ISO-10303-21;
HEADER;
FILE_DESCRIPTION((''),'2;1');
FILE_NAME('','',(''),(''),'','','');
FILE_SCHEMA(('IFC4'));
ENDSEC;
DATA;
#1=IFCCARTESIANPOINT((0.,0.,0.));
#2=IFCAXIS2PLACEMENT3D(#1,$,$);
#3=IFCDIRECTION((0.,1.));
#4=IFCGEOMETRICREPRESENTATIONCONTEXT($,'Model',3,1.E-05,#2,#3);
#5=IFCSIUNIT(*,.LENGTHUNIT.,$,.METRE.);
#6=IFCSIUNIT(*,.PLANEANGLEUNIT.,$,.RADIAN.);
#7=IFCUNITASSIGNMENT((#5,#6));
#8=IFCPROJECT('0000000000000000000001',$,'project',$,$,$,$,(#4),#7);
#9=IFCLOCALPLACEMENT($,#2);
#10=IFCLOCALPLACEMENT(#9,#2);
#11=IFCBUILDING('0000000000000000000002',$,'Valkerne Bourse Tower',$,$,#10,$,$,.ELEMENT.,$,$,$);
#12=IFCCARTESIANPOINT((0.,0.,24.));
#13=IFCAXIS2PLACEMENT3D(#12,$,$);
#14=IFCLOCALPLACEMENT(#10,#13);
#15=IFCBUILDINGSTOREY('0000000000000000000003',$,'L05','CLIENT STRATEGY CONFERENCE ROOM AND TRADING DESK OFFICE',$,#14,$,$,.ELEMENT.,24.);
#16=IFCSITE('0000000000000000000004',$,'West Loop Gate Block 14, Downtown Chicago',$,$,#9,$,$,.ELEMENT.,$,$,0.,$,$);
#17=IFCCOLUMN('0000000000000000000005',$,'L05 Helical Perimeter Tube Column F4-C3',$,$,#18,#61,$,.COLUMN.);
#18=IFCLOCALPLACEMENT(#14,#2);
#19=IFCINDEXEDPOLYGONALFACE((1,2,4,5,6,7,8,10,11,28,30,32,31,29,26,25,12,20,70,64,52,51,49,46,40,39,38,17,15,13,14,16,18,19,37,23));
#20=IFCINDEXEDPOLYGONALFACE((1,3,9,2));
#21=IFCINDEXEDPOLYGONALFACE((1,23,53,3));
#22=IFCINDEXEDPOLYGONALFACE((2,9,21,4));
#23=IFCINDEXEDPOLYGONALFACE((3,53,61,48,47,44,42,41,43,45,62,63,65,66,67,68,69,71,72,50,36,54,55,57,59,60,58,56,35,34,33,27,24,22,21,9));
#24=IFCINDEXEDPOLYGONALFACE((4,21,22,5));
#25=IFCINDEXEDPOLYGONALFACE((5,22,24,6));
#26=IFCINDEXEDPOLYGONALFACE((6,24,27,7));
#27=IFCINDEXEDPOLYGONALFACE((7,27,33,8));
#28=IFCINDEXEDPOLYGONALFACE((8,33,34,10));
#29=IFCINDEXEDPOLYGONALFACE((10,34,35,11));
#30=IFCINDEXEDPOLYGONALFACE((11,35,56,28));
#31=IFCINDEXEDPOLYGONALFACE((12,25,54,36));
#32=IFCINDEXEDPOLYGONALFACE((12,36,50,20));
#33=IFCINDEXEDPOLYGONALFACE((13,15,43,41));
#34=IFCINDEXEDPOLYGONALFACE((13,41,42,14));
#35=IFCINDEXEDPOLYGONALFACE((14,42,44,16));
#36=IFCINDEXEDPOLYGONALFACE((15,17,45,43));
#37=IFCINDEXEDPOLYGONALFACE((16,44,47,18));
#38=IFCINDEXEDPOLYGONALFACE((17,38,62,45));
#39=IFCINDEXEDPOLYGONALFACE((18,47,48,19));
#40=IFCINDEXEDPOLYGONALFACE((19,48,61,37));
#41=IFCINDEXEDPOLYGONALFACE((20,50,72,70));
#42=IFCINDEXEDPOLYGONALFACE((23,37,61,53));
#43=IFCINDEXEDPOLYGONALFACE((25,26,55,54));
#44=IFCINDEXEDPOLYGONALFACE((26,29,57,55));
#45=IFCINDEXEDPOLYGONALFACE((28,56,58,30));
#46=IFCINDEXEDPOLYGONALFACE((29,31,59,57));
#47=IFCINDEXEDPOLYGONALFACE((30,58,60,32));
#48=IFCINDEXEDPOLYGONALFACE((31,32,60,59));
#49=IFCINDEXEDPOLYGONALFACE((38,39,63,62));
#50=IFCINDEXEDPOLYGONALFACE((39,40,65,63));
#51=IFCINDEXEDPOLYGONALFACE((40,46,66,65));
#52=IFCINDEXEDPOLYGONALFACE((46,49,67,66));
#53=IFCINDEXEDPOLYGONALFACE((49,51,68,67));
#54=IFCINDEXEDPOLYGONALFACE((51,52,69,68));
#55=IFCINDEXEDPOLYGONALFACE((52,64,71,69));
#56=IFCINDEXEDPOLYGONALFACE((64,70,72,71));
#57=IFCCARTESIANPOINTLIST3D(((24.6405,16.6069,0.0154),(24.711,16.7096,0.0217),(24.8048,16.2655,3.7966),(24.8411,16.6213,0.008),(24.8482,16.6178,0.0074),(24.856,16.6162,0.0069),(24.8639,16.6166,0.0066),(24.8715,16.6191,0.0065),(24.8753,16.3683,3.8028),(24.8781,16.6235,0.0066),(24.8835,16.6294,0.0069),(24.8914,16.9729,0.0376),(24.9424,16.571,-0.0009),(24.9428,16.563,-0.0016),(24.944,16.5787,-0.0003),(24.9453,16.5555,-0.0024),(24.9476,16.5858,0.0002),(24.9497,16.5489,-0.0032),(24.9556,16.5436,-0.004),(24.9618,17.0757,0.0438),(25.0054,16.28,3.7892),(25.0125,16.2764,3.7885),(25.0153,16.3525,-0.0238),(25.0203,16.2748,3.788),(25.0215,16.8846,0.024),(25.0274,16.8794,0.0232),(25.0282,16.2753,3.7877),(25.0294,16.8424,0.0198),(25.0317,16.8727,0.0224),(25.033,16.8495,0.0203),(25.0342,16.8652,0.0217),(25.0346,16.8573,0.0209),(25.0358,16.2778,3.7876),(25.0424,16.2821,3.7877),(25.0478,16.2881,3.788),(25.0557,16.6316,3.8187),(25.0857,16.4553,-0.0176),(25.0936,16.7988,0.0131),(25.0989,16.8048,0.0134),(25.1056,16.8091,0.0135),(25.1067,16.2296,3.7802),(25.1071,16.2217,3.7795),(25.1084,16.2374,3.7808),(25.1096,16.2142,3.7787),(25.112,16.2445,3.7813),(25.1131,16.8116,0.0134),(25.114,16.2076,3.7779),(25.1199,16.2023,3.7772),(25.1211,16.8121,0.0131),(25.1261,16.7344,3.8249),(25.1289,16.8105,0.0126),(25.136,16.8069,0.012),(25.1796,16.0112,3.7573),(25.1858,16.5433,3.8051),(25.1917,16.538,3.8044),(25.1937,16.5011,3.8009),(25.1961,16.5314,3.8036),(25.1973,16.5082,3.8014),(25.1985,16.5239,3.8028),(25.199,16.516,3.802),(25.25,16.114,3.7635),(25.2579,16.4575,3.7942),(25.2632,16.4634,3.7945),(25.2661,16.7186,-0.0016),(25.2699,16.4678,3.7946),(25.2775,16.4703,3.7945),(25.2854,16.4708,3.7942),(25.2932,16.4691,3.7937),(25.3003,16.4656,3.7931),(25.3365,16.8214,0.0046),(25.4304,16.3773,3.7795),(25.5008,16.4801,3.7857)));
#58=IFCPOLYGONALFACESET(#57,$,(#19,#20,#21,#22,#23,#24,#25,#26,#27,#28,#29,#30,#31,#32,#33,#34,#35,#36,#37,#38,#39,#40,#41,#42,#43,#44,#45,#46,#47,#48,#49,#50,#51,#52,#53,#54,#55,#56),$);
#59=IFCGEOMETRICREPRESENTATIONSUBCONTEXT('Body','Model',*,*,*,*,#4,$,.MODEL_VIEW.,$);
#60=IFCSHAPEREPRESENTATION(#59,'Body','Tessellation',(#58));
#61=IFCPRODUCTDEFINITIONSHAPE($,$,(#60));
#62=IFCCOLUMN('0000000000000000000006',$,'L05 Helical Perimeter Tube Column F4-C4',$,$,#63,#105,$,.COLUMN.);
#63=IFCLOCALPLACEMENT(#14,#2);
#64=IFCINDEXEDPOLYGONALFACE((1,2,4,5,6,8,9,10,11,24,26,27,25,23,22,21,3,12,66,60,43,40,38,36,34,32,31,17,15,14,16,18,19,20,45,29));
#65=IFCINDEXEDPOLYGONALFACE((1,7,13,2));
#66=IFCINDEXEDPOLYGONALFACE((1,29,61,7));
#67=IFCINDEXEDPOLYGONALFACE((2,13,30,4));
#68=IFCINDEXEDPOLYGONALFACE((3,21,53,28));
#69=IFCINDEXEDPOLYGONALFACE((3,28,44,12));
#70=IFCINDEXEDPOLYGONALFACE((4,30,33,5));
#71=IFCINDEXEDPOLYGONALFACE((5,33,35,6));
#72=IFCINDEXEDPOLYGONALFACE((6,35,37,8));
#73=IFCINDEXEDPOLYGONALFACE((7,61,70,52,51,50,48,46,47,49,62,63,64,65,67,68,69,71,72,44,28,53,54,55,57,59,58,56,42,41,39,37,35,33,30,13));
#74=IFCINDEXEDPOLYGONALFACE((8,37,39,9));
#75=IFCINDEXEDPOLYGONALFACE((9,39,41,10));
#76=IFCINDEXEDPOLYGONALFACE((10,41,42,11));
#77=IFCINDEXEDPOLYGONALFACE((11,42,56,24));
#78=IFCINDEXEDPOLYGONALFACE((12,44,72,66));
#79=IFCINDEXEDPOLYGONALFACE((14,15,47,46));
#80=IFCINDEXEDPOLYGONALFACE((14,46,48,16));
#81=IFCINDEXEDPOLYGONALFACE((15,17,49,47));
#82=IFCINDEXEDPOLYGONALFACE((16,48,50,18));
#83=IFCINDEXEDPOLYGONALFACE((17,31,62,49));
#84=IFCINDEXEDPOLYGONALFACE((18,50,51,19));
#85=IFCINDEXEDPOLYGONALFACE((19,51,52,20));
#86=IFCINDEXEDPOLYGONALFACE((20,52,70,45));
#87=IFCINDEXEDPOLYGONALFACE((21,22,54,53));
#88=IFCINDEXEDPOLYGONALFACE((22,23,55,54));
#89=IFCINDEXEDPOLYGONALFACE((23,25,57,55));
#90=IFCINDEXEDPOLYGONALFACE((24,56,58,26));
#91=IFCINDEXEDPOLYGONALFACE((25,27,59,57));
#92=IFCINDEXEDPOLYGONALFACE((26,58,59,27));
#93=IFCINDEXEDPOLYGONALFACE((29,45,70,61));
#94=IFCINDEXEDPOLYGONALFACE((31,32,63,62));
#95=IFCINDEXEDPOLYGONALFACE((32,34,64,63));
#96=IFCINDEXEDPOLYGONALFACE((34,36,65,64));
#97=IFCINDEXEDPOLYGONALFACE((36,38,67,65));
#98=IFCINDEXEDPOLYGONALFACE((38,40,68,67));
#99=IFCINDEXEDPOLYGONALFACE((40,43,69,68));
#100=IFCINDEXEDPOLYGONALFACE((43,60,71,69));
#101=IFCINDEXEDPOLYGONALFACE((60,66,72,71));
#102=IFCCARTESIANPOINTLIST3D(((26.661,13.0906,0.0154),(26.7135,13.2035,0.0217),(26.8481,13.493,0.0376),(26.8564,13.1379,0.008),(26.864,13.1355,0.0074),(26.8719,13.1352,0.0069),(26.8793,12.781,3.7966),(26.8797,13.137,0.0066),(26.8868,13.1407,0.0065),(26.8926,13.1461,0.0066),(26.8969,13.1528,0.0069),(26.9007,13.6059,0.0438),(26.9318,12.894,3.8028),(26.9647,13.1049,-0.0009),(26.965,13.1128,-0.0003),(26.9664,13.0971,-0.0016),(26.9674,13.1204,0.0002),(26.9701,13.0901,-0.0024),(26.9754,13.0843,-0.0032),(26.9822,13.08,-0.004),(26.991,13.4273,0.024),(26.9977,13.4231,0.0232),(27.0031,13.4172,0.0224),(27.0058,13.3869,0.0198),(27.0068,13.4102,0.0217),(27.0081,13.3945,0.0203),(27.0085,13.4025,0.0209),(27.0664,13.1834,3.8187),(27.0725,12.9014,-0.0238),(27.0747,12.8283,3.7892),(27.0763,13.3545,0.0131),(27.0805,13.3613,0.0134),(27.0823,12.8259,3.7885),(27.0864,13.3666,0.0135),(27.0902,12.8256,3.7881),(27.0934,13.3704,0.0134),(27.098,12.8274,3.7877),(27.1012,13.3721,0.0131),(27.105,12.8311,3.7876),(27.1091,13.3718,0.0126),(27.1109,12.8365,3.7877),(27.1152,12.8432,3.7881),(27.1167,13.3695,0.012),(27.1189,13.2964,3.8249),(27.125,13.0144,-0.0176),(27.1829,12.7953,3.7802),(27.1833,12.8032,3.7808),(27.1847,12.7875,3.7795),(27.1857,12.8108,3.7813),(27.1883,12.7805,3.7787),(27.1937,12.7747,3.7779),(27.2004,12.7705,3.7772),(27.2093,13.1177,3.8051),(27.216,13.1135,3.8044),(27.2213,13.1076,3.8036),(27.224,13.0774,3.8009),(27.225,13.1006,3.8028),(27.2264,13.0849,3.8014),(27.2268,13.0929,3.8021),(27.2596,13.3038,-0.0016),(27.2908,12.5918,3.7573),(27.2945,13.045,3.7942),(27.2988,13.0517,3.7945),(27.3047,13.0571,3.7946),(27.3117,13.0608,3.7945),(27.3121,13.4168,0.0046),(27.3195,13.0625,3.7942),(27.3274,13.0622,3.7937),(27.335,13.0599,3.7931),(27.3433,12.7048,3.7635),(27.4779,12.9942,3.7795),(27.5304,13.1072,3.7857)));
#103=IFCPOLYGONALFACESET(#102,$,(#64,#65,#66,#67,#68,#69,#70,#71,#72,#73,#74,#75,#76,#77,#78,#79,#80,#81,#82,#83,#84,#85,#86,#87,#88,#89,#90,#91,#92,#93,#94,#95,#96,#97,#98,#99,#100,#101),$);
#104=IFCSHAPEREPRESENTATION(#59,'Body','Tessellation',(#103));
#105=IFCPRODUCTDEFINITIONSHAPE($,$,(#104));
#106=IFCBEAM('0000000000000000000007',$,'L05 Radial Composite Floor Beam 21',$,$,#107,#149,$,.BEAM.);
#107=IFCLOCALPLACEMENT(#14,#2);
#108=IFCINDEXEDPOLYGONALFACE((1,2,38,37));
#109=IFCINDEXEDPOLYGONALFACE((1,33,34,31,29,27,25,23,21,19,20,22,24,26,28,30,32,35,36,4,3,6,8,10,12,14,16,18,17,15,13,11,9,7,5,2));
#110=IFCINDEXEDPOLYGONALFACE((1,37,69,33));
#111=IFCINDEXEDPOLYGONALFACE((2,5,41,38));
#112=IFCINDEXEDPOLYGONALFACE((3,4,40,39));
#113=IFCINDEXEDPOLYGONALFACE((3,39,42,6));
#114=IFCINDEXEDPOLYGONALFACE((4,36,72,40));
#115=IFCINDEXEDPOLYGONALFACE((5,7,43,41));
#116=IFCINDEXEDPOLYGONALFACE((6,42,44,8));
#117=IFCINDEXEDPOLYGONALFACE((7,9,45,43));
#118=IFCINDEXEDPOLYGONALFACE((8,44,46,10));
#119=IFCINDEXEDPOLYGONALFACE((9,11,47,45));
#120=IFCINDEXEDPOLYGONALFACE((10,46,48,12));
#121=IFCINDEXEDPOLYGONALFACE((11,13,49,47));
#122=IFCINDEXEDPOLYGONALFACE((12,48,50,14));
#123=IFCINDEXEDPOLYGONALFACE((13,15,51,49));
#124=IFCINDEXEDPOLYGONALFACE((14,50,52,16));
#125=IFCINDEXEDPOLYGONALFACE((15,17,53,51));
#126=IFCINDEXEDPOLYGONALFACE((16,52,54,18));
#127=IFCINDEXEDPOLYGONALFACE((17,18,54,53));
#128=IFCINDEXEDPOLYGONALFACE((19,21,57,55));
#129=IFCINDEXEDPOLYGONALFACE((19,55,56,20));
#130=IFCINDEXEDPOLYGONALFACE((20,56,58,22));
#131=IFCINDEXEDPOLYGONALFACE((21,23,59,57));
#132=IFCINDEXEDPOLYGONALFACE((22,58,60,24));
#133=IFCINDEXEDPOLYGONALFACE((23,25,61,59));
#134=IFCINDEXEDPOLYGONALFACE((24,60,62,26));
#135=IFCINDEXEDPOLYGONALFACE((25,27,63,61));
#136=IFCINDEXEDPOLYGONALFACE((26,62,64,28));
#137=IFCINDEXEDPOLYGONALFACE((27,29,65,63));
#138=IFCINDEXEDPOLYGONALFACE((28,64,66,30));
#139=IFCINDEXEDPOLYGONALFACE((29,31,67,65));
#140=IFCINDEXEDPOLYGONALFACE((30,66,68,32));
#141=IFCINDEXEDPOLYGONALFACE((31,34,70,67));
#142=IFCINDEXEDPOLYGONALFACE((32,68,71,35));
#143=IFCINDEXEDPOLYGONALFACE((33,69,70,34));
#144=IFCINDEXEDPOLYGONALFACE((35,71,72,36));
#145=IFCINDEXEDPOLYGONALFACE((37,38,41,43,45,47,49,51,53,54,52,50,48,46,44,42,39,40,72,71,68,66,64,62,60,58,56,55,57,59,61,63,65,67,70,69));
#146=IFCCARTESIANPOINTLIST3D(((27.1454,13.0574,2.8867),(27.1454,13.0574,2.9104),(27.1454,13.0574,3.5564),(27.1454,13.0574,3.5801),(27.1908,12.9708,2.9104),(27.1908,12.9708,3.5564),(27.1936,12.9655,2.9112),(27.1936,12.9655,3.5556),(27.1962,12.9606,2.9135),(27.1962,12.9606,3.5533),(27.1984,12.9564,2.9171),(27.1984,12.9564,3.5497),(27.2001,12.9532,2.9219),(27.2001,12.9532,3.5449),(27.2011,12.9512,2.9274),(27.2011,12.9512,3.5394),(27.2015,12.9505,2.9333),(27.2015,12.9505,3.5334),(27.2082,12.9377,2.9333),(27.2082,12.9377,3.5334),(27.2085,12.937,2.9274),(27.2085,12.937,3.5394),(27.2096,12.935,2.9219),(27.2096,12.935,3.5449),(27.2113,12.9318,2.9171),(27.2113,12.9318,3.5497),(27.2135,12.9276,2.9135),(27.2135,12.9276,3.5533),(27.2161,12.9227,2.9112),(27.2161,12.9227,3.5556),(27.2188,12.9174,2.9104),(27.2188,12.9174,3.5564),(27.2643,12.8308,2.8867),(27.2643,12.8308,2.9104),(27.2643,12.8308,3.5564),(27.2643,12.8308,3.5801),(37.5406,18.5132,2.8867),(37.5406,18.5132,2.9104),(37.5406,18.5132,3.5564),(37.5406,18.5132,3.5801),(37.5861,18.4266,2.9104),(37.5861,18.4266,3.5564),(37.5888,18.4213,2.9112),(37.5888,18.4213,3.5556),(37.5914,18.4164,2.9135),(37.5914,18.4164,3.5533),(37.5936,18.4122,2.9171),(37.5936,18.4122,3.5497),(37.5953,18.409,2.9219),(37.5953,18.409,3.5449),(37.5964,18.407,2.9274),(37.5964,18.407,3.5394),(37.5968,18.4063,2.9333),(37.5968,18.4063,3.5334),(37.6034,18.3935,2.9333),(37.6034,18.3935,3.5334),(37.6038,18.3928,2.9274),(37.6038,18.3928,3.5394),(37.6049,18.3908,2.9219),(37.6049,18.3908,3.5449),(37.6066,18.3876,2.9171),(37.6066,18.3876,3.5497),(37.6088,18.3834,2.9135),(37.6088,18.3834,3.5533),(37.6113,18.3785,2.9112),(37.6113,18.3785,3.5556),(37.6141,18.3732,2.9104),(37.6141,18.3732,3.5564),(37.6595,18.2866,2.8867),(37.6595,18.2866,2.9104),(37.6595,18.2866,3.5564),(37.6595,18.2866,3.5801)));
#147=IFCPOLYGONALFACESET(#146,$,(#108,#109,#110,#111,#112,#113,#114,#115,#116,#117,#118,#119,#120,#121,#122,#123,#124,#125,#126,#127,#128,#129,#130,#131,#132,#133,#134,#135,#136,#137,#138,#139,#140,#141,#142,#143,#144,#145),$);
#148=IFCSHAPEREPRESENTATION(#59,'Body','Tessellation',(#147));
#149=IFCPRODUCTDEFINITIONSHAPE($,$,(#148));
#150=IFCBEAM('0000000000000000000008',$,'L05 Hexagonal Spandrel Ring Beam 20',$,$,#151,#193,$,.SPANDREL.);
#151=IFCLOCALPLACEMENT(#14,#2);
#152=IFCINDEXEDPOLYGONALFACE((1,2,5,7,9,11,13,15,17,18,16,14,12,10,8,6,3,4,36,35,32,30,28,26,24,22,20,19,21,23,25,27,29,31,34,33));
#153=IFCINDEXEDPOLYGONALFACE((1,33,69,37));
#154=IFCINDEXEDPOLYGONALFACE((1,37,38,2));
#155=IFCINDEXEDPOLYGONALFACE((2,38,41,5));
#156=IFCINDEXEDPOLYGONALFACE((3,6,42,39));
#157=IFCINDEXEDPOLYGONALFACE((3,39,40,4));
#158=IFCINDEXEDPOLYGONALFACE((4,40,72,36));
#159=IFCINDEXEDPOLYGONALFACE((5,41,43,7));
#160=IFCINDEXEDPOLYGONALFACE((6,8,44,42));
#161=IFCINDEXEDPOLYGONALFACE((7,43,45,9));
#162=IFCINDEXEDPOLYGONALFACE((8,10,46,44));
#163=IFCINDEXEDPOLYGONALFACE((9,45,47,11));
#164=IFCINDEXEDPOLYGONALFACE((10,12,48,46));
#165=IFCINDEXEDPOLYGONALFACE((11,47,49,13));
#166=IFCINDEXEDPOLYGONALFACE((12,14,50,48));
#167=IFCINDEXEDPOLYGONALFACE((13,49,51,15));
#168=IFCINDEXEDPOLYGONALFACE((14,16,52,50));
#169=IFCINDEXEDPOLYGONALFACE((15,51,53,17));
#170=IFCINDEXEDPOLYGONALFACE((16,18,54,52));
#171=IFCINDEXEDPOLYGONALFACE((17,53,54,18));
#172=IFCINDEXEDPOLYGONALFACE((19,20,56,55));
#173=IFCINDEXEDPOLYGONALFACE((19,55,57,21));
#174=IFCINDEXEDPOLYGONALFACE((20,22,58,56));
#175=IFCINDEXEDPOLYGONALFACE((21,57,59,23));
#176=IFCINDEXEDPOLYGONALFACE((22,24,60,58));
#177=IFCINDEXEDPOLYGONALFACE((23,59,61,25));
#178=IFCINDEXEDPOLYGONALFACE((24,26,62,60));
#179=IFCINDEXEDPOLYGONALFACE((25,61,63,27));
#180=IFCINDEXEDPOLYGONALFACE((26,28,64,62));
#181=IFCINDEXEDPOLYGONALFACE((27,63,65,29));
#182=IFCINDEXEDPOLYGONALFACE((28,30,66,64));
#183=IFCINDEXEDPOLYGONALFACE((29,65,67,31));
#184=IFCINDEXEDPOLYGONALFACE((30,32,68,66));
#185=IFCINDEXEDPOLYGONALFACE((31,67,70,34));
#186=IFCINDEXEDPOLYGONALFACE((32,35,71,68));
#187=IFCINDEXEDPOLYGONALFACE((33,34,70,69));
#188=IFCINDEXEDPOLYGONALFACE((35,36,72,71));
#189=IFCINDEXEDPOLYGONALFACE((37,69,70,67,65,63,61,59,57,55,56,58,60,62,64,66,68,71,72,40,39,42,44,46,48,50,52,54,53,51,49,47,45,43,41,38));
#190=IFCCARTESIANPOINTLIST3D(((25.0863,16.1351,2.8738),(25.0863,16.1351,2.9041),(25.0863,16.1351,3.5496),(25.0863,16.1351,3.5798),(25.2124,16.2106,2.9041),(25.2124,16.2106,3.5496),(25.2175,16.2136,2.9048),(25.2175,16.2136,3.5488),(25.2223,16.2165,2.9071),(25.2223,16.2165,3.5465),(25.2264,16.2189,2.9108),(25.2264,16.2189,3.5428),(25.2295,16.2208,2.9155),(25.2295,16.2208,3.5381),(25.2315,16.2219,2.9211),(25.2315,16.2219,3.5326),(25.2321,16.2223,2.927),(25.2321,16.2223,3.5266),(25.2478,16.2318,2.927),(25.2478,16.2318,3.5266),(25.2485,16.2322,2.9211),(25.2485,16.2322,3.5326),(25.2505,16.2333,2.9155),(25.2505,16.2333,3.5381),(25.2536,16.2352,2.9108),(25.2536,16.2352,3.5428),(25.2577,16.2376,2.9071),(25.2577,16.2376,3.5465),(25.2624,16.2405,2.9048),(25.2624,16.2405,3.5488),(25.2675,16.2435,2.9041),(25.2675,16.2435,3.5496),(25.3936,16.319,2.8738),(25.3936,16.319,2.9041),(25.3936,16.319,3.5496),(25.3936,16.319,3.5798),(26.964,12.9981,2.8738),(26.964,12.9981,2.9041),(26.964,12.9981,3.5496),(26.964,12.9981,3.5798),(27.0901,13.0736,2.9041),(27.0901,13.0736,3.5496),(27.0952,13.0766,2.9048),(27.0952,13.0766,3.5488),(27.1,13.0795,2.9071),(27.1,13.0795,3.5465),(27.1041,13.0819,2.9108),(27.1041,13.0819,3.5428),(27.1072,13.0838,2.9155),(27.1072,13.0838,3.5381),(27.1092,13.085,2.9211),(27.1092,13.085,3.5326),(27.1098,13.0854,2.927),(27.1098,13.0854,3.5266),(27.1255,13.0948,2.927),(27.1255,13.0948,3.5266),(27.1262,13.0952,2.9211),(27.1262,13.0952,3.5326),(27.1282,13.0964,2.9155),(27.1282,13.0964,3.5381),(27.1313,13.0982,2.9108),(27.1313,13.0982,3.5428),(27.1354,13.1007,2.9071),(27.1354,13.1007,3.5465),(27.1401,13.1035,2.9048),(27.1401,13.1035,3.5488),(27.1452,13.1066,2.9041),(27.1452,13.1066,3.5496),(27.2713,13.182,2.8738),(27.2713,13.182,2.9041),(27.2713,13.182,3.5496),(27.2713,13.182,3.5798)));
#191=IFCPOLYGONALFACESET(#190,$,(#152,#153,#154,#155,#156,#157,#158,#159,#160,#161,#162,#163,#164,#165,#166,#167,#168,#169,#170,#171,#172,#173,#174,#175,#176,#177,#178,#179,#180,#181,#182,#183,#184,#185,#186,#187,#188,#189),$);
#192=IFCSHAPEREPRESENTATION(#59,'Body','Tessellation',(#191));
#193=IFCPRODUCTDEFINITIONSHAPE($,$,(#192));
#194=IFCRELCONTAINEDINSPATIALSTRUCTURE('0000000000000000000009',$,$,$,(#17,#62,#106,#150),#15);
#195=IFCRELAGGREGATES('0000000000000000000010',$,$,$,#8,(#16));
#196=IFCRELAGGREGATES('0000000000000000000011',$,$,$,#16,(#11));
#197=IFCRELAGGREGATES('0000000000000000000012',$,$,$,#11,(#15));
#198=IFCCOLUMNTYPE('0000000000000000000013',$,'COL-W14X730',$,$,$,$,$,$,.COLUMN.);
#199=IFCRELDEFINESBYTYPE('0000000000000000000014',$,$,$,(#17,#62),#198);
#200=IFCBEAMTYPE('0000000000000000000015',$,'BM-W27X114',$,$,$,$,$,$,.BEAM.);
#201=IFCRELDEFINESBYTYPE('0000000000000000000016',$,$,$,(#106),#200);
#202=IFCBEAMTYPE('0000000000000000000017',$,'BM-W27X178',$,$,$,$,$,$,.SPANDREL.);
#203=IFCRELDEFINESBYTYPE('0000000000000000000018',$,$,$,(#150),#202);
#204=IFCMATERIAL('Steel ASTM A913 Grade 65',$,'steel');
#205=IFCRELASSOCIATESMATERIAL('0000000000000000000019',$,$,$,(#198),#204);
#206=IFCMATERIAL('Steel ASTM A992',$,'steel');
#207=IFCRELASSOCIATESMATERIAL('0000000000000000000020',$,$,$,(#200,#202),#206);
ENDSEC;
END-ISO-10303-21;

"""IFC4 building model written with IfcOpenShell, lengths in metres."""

from ifc_helpers import new_model, si_unit, direction, frame, origin, origin_2d, place, context, subcontext, project, spatial, i_section, extrude, material, material_profile, profile_set, type_object, element, save


model = new_model("IFC4")

# Units and contexts
model_context = context("Model", 3, precision=1e-05, world=origin(), true_north=direction((0.0, 1.0)))
body_context = subcontext(model_context, "Body", "Model", "MODEL_VIEW")
ifc_project = project(units=[si_unit("LENGTHUNIT", "METRE"), si_unit("PLANEANGLEUNIT", "RADIAN")], contexts=[model_context])

# Site, building, storey
site_placement = place(None, origin())
site = spatial("IfcSite", under=ifc_project, at=site_placement, Name="West Loop Gate Block 14, Downtown Chicago", CompositionType="ELEMENT", RefElevation=0.0)
building_placement = place(site_placement, origin())
building = spatial("IfcBuilding", under=site, at=building_placement, Name="Valkerne Bourse Tower", CompositionType="ELEMENT")
storey_placement = place(building_placement, frame((0.0, 0.0, 24.0)))
storey = spatial("IfcBuildingStorey", under=building, at=storey_placement, Name="L05", Description="CLIENT STRATEGY CONFERENCE ROOM AND TRADING DESK OFFICE", CompositionType="ELEMENT", Elevation=24.0)

# Columns
ifc_material_1 = material(Name="Steel ASTM A913 Grade 65", Category="steel")
ifc_material_profile_1 = material_profile(ifc_material_1, i_section(OverallWidth=0.4546, OverallDepth=0.5691, WebThickness=0.0779, FlangeThickness=0.1248, FilletRadius=0.0305, at=origin_2d()), Name="W14X730")
ifc_profile_set_1 = profile_set([ifc_material_profile_1], Name="Steel ASTM A913 Grade 65")
column_type = type_object("IfcColumnType", Name="COL-W14X730", PredefinedType="COLUMN", material=ifc_profile_set_1)
for number, where, z_axis, x_axis, name in (
    (1, (24.9885, 16.7141, 0.01), (0.043239, -0.08982, 0.995019), (0.824289, -0.559549, -0.08633), "L05 Helical Perimeter Tube Column F4-C3"),
    (2, (26.9866, 13.2537, 0.01), (0.057438, -0.081467, 0.99502), (0.905187, -0.416154, -0.086325), "L05 Helical Perimeter Tube Column F4-C4"),
):
    element("IfcColumn", number, at=place(storey_placement, frame(where, z_axis=z_axis, x_axis=x_axis)), inside=storey, type_object=column_type, Name=name, PredefinedType="COLUMN", context=body_context, shape_type="SweptSolid", body=[
        extrude(i_section(OverallWidth=0.4546, OverallDepth=0.5691, WebThickness=0.0779, FlangeThickness=0.1248, FilletRadius=0.0305, at=origin_2d()), origin(), (0.0, 0.0, 1.0), 3.8),
    ])

# Beams
ifc_material_2 = material(Name="Steel ASTM A992", Category="steel")
ifc_material_profile_2 = material_profile(ifc_material_2, i_section(OverallWidth=0.2559, OverallDepth=0.6934, WebThickness=0.0144, FlangeThickness=0.0237, FilletRadius=0.0229, at=origin_2d()), Name="W27X114")
ifc_profile_set_2 = profile_set([ifc_material_profile_2], Name="Steel ASTM A992")
beam_type_1 = type_object("IfcBeamType", Name="BM-W27X114", PredefinedType="BEAM", material=ifc_profile_set_2)
beam_1_placement = place(storey_placement, frame((27.2048, 12.9441, 3.2334), z_axis=(0.885458, 0.46472, 0.0), x_axis=(-0.46472, 0.885458, 0.0)))
element("IfcBeam", 3, at=beam_1_placement, inside=storey, type_object=beam_type_1, Name="L05 Radial Composite Floor Beam 21", PredefinedType="BEAM", context=body_context, shape_type="SweptSolid", body=[
    extrude(i_section(OverallWidth=0.2559, OverallDepth=0.6934, WebThickness=0.0144, FlangeThickness=0.0237, FilletRadius=0.0229, at=origin_2d()), origin(), (0.0, 0.0, 1.0), 11.74),
])
ifc_material_profile_3 = material_profile(ifc_material_2, i_section(OverallWidth=0.3582, OverallDepth=0.7061, WebThickness=0.0183, FlangeThickness=0.0303, FilletRadius=0.0229, at=origin_2d()), Name="W27X178")
ifc_profile_set_3 = profile_set([ifc_material_profile_3], Name="Steel ASTM A992")
beam_type_2 = type_object("IfcBeamType", Name="BM-W27X178", PredefinedType="SPANDREL", material=ifc_profile_set_3)
beam_2_placement = place(storey_placement, frame((25.24, 16.2271, 3.2268), z_axis=(0.513592, -0.858035, 0.0), x_axis=(0.858035, 0.513592, 0.0)))
element("IfcBeam", 4, at=beam_2_placement, inside=storey, type_object=beam_type_2, Name="L05 Hexagonal Spandrel Ring Beam 20", PredefinedType="SPANDREL", context=body_context, shape_type="SweptSolid", body=[
    extrude(i_section(OverallWidth=0.3582, OverallDepth=0.7061, WebThickness=0.0183, FlangeThickness=0.0303, FilletRadius=0.0229, at=origin_2d()), origin(), (0.0, 0.0, 1.0), 3.656),
])

save(model, "model.ifc")
